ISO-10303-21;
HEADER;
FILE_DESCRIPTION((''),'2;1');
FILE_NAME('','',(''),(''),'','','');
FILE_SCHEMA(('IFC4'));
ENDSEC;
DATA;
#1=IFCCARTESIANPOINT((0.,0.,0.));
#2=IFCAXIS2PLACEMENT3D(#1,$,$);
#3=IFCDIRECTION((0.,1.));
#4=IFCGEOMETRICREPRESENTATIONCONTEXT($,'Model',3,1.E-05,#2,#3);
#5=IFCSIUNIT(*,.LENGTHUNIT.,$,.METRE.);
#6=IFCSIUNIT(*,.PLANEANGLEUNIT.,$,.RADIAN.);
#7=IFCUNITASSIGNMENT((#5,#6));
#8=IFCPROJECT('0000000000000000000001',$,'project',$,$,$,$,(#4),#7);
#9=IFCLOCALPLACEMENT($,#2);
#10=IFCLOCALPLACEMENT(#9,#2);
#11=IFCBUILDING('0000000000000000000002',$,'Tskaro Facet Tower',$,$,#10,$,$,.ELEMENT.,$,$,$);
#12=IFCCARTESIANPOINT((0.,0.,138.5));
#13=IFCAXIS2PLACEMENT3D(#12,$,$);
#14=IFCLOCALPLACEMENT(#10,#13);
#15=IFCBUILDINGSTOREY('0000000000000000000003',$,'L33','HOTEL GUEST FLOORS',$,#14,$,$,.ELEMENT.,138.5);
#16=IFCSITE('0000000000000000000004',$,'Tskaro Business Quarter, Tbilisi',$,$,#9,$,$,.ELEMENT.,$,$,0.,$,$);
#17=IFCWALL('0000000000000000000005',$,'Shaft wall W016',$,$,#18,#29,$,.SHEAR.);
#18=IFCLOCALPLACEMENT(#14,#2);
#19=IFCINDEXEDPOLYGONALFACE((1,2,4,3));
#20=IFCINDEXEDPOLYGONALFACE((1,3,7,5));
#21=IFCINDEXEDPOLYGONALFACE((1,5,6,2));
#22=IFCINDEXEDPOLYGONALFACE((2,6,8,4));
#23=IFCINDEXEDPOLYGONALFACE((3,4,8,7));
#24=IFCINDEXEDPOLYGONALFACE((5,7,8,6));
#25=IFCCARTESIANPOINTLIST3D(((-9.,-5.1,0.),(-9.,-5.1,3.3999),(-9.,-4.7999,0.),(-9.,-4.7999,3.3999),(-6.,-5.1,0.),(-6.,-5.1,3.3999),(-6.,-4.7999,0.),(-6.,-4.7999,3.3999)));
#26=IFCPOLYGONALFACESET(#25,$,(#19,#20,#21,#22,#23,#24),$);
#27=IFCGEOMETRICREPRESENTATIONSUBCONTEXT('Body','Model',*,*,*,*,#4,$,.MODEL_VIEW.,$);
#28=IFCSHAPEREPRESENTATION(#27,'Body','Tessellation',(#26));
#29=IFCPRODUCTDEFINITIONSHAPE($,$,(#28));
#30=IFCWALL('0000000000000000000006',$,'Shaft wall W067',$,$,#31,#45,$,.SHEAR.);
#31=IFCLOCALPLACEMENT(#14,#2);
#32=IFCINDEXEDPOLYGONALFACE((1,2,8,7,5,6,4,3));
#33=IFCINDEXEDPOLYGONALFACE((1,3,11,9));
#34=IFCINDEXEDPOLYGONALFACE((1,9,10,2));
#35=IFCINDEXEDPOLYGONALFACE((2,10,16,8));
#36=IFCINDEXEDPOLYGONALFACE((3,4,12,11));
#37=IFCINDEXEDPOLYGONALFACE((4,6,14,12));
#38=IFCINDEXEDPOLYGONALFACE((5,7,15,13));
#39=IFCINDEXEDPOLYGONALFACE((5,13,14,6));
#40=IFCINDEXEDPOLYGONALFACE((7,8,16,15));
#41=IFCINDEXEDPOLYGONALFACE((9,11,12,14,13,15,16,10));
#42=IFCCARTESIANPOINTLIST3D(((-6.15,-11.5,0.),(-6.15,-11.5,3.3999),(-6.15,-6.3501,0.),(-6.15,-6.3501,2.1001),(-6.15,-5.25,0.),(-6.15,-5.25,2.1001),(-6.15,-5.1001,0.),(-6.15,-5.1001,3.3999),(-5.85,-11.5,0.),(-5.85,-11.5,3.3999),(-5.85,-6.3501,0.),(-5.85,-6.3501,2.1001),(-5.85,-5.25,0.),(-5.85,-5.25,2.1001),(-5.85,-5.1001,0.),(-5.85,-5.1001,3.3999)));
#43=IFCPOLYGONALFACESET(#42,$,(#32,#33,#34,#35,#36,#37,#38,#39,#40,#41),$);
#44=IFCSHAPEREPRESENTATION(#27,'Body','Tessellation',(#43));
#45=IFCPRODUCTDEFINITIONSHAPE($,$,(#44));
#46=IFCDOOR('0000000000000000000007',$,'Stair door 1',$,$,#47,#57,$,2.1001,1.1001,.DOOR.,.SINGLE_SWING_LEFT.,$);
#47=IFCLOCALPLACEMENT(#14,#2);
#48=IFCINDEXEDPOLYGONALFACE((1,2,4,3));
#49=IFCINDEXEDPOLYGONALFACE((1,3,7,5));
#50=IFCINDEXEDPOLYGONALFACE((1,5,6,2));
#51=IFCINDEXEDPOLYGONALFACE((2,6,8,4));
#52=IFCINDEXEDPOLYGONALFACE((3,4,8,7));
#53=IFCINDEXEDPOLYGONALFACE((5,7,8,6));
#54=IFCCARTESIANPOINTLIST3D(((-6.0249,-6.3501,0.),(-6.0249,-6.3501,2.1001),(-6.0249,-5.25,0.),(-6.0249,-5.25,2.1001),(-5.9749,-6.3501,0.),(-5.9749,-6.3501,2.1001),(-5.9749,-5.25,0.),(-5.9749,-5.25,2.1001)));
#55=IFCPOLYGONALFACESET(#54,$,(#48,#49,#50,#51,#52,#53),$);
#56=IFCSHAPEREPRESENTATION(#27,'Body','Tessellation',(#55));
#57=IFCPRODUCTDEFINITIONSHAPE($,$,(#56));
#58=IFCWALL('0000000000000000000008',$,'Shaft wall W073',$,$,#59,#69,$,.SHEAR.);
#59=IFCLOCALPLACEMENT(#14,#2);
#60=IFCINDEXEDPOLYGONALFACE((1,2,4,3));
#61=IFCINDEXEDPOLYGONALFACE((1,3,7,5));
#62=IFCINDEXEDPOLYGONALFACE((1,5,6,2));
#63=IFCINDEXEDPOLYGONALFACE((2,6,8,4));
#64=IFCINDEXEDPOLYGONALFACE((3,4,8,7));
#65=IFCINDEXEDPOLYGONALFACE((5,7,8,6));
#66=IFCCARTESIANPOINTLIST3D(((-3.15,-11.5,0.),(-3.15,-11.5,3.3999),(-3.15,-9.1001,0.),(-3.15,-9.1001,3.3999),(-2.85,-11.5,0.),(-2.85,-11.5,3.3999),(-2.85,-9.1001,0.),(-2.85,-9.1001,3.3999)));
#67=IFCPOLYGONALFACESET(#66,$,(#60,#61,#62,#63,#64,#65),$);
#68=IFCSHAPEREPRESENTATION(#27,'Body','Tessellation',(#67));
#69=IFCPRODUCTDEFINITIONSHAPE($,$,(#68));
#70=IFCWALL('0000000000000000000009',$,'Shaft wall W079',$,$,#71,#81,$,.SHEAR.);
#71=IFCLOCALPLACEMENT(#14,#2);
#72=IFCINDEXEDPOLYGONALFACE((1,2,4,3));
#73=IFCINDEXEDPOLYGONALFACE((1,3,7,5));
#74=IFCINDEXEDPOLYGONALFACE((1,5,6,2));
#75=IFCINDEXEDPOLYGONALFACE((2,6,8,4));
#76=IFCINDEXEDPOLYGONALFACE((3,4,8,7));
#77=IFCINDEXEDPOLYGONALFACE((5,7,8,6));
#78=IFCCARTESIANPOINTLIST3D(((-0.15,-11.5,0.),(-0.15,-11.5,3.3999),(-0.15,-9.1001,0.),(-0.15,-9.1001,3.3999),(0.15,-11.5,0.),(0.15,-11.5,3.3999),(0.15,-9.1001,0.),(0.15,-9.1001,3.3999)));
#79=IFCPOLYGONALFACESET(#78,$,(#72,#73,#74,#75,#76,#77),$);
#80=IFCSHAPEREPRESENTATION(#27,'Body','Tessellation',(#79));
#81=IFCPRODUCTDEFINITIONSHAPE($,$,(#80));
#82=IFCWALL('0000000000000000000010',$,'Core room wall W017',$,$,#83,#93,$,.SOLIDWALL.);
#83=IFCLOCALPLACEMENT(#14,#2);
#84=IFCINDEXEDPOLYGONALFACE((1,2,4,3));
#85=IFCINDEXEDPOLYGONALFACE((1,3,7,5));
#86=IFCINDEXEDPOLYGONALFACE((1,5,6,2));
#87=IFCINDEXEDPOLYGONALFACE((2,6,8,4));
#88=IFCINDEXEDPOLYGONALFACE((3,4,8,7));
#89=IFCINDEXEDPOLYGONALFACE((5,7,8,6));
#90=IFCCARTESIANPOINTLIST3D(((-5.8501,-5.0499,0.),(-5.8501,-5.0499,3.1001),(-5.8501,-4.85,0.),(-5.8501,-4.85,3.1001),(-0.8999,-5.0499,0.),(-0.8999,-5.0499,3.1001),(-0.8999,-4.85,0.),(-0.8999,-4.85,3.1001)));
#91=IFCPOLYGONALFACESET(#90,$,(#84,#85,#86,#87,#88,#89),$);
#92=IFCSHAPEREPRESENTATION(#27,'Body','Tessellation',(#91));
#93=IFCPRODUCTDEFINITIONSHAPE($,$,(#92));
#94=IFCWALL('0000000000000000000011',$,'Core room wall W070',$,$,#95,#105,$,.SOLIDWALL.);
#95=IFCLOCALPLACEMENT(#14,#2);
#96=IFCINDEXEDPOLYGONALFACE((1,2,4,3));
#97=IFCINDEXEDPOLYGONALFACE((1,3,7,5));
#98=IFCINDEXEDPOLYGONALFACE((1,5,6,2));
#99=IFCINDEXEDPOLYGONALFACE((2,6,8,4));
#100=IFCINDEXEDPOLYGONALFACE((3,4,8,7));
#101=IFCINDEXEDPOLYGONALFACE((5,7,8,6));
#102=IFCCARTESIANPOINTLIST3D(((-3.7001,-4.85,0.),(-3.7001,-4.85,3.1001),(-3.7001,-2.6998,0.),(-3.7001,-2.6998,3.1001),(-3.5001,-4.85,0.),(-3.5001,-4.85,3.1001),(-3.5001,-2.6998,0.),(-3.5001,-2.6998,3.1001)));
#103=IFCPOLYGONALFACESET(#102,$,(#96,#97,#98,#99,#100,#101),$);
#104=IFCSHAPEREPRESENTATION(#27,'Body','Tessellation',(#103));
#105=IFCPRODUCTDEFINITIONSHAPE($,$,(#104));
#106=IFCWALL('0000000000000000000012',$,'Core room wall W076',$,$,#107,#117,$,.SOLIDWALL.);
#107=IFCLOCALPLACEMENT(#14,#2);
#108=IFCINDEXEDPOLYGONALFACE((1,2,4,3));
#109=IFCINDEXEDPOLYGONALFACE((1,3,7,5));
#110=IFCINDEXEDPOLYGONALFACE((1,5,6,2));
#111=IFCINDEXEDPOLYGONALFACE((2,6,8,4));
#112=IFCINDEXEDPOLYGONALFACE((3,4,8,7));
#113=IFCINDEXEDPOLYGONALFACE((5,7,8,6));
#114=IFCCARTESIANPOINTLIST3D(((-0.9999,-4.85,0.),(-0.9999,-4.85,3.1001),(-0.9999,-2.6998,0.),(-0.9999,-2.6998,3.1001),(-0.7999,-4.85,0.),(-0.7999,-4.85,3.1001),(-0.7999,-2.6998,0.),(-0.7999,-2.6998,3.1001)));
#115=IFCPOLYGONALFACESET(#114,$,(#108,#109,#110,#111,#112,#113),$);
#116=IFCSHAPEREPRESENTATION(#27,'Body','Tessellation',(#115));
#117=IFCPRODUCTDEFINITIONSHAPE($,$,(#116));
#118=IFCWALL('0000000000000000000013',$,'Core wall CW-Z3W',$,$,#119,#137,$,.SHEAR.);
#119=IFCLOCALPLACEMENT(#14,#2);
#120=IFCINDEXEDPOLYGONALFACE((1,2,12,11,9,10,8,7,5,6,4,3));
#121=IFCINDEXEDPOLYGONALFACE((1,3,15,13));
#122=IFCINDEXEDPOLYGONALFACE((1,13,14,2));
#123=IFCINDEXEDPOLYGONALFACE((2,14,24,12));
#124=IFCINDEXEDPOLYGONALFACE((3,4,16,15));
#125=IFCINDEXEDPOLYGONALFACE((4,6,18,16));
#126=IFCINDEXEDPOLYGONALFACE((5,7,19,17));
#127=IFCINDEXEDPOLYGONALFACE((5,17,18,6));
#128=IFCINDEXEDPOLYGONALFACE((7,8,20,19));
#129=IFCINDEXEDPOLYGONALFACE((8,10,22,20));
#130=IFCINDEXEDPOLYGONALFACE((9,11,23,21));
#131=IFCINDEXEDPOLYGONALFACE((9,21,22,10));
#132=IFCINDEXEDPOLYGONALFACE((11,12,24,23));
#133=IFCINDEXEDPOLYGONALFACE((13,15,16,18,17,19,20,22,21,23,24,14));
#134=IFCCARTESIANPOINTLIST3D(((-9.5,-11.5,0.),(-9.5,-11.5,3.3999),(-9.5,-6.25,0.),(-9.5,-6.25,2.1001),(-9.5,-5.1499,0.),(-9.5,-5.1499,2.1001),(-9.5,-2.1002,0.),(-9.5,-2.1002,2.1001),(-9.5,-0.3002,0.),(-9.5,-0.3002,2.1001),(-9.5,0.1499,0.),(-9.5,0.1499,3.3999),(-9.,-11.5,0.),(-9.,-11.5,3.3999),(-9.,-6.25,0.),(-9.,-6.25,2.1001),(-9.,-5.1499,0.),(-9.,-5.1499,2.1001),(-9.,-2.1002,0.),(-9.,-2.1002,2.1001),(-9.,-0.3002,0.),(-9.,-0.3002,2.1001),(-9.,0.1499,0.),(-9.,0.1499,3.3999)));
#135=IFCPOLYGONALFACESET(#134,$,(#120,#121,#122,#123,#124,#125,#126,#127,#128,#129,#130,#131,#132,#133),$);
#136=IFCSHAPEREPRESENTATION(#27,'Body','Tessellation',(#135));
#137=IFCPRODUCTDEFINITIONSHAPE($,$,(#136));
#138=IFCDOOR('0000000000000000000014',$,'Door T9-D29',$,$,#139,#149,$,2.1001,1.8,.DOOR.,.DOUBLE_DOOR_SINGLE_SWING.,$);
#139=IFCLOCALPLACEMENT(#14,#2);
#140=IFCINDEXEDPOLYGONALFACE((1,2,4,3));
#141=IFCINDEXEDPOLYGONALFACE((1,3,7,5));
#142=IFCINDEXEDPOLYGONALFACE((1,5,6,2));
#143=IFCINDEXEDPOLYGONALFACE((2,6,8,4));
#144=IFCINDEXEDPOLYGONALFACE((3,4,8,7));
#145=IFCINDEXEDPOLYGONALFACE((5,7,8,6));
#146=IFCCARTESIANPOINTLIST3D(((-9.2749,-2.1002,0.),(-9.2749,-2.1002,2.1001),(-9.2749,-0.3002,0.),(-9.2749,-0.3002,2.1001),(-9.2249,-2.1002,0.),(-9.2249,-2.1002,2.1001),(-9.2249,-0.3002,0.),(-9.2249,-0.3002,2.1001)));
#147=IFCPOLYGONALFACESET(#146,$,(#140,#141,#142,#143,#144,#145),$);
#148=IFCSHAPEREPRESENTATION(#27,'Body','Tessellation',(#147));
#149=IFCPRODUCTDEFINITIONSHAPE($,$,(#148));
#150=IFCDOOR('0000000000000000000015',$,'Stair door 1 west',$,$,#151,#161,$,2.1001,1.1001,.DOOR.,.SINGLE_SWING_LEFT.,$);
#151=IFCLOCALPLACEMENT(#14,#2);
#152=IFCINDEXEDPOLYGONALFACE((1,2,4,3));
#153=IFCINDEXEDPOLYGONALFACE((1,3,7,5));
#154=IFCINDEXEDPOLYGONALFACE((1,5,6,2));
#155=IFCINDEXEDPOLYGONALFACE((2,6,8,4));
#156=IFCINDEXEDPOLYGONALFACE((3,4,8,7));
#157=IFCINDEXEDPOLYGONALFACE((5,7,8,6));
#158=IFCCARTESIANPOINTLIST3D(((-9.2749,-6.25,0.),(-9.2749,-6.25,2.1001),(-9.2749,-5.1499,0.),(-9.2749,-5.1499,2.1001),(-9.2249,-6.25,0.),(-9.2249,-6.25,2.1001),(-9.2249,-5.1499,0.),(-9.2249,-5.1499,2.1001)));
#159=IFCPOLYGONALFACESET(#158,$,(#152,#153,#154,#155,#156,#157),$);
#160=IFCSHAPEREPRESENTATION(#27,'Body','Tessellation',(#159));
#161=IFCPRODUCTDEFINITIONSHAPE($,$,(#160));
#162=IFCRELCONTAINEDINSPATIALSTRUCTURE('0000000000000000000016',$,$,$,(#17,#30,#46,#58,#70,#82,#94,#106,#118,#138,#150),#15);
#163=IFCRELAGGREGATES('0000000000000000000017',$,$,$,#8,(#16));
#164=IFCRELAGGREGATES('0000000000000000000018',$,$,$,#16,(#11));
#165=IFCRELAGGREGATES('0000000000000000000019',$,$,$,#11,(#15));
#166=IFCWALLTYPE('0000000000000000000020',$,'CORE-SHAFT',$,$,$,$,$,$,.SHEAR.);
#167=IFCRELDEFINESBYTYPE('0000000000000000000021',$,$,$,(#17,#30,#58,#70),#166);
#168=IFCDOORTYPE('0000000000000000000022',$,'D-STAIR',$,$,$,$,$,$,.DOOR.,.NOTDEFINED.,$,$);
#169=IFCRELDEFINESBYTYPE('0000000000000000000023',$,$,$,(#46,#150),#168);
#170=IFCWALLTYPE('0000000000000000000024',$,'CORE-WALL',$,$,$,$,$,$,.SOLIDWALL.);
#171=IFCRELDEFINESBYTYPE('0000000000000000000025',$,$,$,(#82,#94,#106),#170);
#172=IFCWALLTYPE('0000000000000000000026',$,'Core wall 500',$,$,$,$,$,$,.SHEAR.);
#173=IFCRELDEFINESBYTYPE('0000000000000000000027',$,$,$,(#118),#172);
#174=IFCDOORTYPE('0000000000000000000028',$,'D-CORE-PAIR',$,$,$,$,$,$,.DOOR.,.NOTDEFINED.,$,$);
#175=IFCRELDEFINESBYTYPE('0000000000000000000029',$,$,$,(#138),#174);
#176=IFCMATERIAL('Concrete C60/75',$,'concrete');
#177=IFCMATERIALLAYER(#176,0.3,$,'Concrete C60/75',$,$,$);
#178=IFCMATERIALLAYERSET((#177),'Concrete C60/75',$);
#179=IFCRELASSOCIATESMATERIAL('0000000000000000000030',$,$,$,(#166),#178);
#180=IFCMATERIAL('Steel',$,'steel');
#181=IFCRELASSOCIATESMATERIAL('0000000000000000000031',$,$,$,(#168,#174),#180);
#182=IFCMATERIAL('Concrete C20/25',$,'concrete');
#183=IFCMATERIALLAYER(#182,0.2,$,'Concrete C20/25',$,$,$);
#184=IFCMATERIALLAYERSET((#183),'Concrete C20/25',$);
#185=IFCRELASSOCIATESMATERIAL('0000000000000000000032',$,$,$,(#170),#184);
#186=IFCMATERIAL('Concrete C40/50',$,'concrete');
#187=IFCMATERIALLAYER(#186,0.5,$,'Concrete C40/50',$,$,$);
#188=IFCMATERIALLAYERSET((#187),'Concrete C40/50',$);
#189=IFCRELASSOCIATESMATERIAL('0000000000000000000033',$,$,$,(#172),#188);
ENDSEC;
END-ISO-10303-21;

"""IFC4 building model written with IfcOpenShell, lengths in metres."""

from ifc_helpers import new_model, si_unit, direction, frame, frame_2d, origin, place, context, subcontext, project, spatial, rectangle, extrude, material, layer, layer_set, type_object, element, fill, save


model = new_model("IFC4")

# Units and contexts
model_context = context("Model", 3, precision=1e-05, world=origin(), true_north=direction((0.0, 1.0)))
body_context = subcontext(model_context, "Body", "Model", "MODEL_VIEW")
ifc_project = project(units=[si_unit("LENGTHUNIT", "METRE"), si_unit("PLANEANGLEUNIT", "RADIAN")], contexts=[model_context])

# Site, building, storey
site_placement = place(None, origin())
site = spatial("IfcSite", under=ifc_project, at=site_placement, Name="Tskaro Business Quarter, Tbilisi", CompositionType="ELEMENT", RefElevation=0.0)
building_placement = place(site_placement, origin())
building = spatial("IfcBuilding", under=site, at=building_placement, Name="Tskaro Facet Tower", CompositionType="ELEMENT")
storey_placement = place(building_placement, frame((0.0, 0.0, 138.5)))
storey = spatial("IfcBuildingStorey", under=building, at=storey_placement, Name="L33", Description="HOTEL GUEST FLOORS", CompositionType="ELEMENT", Elevation=138.5)

# Shared definitions
ifc_material_1 = material(Name="Concrete C40/50", Category="concrete")

# Shared definitions
ifc_material_2 = material(Name="Concrete C60/75", Category="concrete")

# Shared definitions
ifc_layer_1 = layer(ifc_material_2, 0.3, Name="Concrete C60/75")
ifc_layer_set_1 = layer_set([ifc_layer_1], Name="Concrete C60/75")
wall_type_1 = type_object("IfcWallType", Name="CORE-SHAFT", PredefinedType="SHEAR", material=ifc_layer_set_1)

# Wall
wall_1_placement = place(storey_placement, frame((-9.0, -4.95, 0.0), z_axis=(0.0, 0.0, 1.0), x_axis=(1.0, 0.0, 0.0)))
element("IfcWall", 1, at=wall_1_placement, inside=storey, type_object=wall_type_1, Name="Shaft wall W016", PredefinedType="SHEAR", context=body_context, shape_type="SweptSolid", body=[
    extrude(rectangle(XDim=3.0, YDim=0.3, at=frame_2d((1.5, 0.0))), origin(), (0.0, 0.0, 1.0), 3.3999),
])

# Wall, opening, door
wall_2_placement = place(storey_placement, frame((-6.0, -11.5, 0.0), z_axis=(0.0, 0.0, 1.0), x_axis=(0.0, 1.0, 0.0)))
wall_2 = element("IfcWall", 2, at=wall_2_placement, inside=storey, type_object=wall_type_1, Name="Shaft wall W067", PredefinedType="SHEAR", context=body_context, shape_type="SweptSolid", body=[
    extrude(rectangle(XDim=6.3999, YDim=0.3, at=frame_2d((3.2, 0.0))), origin(), (0.0, 0.0, 1.0), 3.3999),
])
opening_1_placement = place(wall_2_placement, frame((5.1499, 0.0, 0.0)))
opening_1 = element("IfcOpeningElement", 3, at=opening_1_placement, cuts=wall_2, PredefinedType="OPENING", context=body_context, shape_type="SweptSolid", body=[
    extrude(rectangle(XDim=1.1001, YDim=2.1001, at=frame_2d((0.55, 1.05))), frame((0.0, 0.1599, 0.0), z_axis=(0.0, -1.0, 0.0), x_axis=(1.0, 0.0, 0.0)), (0.0, 0.0, 1.0), 0.3201),
])
ifc_material_3 = material(Name="Steel", Category="steel")
door_type_1 = type_object("IfcDoorType", Name="D-STAIR", OperationType="NOTDEFINED", PredefinedType="DOOR", material=ifc_material_3)
door_1_placement = place(opening_1_placement, origin())
door_1 = element("IfcDoor", 4, at=door_1_placement, inside=storey, type_object=door_type_1, Name="Stair door 1", OperationType="SINGLE_SWING_LEFT", OverallHeight=2.1001, OverallWidth=1.1001, PredefinedType="DOOR", context=body_context, shape_type="SweptSolid", body=[
    extrude(rectangle(XDim=1.1001, YDim=2.1001, at=frame_2d((0.55, 1.05))), frame((0.0, 0.0249, 0.0), z_axis=(0.0, -1.0, 0.0), x_axis=(1.0, 0.0, 0.0)), (0.0, 0.0, 1.0), 0.05),
])
fill(opening_1, door_1)

# Walls
for number, where, z_axis, x_axis, name in (
    (5, (-3.0, -11.5, 0.0), (0.0, 0.0, 1.0), (0.0, 1.0, 0.0), "Shaft wall W073"),
    (6, (0.0, -11.5, 0.0), (0.0, 0.0, 1.0), (0.0, 1.0, 0.0), "Shaft wall W079"),
):
    element("IfcWall", number, at=place(storey_placement, frame(where, z_axis=z_axis, x_axis=x_axis)), inside=storey, type_object=wall_type_1, Name=name, PredefinedType="SHEAR", context=body_context, shape_type="SweptSolid", body=[
        extrude(rectangle(XDim=2.3999, YDim=0.3, at=frame_2d((1.2, 0.0))), origin(), (0.0, 0.0, 1.0), 3.3999),
    ])
ifc_material_4 = material(Name="Concrete C20/25", Category="concrete")
ifc_layer_2 = layer(ifc_material_4, 0.2, Name="Concrete C20/25")
ifc_layer_set_2 = layer_set([ifc_layer_2], Name="Concrete C20/25")
wall_type_2 = type_object("IfcWallType", Name="CORE-WALL", PredefinedType="SOLIDWALL", material=ifc_layer_set_2)
wall_3_placement = place(storey_placement, frame((-5.8501, -4.95, 0.0), z_axis=(0.0, 0.0, 1.0), x_axis=(1.0, 0.0, 0.0)))
element("IfcWall", 7, at=wall_3_placement, inside=storey, type_object=wall_type_2, Name="Core room wall W017", PredefinedType="SOLIDWALL", context=body_context, shape_type="SweptSolid", body=[
    extrude(rectangle(XDim=4.9502, YDim=0.2, at=frame_2d((2.4751, 0.0))), origin(), (0.0, 0.0, 1.0), 3.1001),
])
for number, where, z_axis, x_axis, name in (
    (8, (-3.6001, -4.8501, 0.0), (0.0, 0.0, 1.0), (0.0, 1.0, 0.0), "Core room wall W070"),
    (9, (-0.8999, -4.8501, 0.0), (0.0, 0.0, 1.0), (0.0, 1.0, 0.0), "Core room wall W076"),
):
    element("IfcWall", number, at=place(storey_placement, frame(where, z_axis=z_axis, x_axis=x_axis)), inside=storey, type_object=wall_type_2, Name=name, PredefinedType="SOLIDWALL", context=body_context, shape_type="SweptSolid", body=[
        extrude(rectangle(XDim=2.1501, YDim=0.2, at=frame_2d((1.0752, 0.0))), origin(), (0.0, 0.0, 1.0), 3.1001),
    ])

# Wall, openings, doors
ifc_layer_3 = layer(ifc_material_1, 0.5, Name="Concrete C40/50")
ifc_layer_set_3 = layer_set([ifc_layer_3], Name="Concrete C40/50")
wall_type_3 = type_object("IfcWallType", Name="Core wall 500", PredefinedType="SHEAR", material=ifc_layer_set_3)
wall_4_placement = place(storey_placement, frame((-9.25, -11.5, 0.0), z_axis=(0.0, 0.0, 1.0), x_axis=(0.0, 1.0, 0.0)))
wall_4 = element("IfcWall", 10, at=wall_4_placement, inside=storey, type_object=wall_type_3, Name="Core wall CW-Z3W", PredefinedType="SHEAR", context=body_context, shape_type="SweptSolid", body=[
    extrude(rectangle(XDim=11.6499, YDim=0.5, at=frame_2d((5.825, 0.0))), origin(), (0.0, 0.0, 1.0), 3.3999),
])
opening_2_placement = place(wall_4_placement, frame((9.3999, 0.0, 0.0)))
opening_2 = element("IfcOpeningElement", 11, at=opening_2_placement, cuts=wall_4, PredefinedType="OPENING", context=body_context, shape_type="SweptSolid", body=[
    extrude(rectangle(XDim=1.8, YDim=2.1001, at=frame_2d((0.8999, 1.05))), frame((0.0, 0.26, 0.0), z_axis=(0.0, -1.0, 0.0), x_axis=(1.0, 0.0, 0.0)), (0.0, 0.0, 1.0), 0.52),
])
opening_3_placement = place(wall_4_placement, frame((5.25, 0.0, 0.0)))
opening_3 = element("IfcOpeningElement", 12, at=opening_3_placement, cuts=wall_4, PredefinedType="OPENING", context=body_context, shape_type="SweptSolid", body=[
    extrude(rectangle(XDim=1.1001, YDim=2.1001, at=frame_2d((0.55, 1.05))), frame((0.0, 0.26, 0.0), z_axis=(0.0, -1.0, 0.0), x_axis=(1.0, 0.0, 0.0)), (0.0, 0.0, 1.0), 0.52),
])
door_type_2 = type_object("IfcDoorType", Name="D-CORE-PAIR", OperationType="NOTDEFINED", PredefinedType="DOOR", material=ifc_material_3)
door_2_placement = place(opening_2_placement, origin())
door_2 = element("IfcDoor", 13, at=door_2_placement, inside=storey, type_object=door_type_2, Name="Door T9-D29", OperationType="DOUBLE_DOOR_SINGLE_SWING", OverallHeight=2.1001, OverallWidth=1.8, PredefinedType="DOOR", context=body_context, shape_type="SweptSolid", body=[
    extrude(rectangle(XDim=1.8, YDim=2.1001, at=frame_2d((0.8999, 1.05))), frame((0.0, 0.0249, 0.0), z_axis=(0.0, -1.0, 0.0), x_axis=(1.0, 0.0, 0.0)), (0.0, 0.0, 1.0), 0.05),
])
fill(opening_2, door_2)
door_3_placement = place(opening_3_placement, origin())
door_3 = element("IfcDoor", 14, at=door_3_placement, inside=storey, type_object=door_type_1, Name="Stair door 1 west", OperationType="SINGLE_SWING_LEFT", OverallHeight=2.1001, OverallWidth=1.1001, PredefinedType="DOOR", context=body_context, shape_type="SweptSolid", body=[
    extrude(rectangle(XDim=1.1001, YDim=2.1001, at=frame_2d((0.55, 1.05))), frame((0.0, 0.0249, 0.0), z_axis=(0.0, -1.0, 0.0), x_axis=(1.0, 0.0, 0.0)), (0.0, 0.0, 1.0), 0.05),
])
fill(opening_3, door_3)

save(model, "model.ifc")
